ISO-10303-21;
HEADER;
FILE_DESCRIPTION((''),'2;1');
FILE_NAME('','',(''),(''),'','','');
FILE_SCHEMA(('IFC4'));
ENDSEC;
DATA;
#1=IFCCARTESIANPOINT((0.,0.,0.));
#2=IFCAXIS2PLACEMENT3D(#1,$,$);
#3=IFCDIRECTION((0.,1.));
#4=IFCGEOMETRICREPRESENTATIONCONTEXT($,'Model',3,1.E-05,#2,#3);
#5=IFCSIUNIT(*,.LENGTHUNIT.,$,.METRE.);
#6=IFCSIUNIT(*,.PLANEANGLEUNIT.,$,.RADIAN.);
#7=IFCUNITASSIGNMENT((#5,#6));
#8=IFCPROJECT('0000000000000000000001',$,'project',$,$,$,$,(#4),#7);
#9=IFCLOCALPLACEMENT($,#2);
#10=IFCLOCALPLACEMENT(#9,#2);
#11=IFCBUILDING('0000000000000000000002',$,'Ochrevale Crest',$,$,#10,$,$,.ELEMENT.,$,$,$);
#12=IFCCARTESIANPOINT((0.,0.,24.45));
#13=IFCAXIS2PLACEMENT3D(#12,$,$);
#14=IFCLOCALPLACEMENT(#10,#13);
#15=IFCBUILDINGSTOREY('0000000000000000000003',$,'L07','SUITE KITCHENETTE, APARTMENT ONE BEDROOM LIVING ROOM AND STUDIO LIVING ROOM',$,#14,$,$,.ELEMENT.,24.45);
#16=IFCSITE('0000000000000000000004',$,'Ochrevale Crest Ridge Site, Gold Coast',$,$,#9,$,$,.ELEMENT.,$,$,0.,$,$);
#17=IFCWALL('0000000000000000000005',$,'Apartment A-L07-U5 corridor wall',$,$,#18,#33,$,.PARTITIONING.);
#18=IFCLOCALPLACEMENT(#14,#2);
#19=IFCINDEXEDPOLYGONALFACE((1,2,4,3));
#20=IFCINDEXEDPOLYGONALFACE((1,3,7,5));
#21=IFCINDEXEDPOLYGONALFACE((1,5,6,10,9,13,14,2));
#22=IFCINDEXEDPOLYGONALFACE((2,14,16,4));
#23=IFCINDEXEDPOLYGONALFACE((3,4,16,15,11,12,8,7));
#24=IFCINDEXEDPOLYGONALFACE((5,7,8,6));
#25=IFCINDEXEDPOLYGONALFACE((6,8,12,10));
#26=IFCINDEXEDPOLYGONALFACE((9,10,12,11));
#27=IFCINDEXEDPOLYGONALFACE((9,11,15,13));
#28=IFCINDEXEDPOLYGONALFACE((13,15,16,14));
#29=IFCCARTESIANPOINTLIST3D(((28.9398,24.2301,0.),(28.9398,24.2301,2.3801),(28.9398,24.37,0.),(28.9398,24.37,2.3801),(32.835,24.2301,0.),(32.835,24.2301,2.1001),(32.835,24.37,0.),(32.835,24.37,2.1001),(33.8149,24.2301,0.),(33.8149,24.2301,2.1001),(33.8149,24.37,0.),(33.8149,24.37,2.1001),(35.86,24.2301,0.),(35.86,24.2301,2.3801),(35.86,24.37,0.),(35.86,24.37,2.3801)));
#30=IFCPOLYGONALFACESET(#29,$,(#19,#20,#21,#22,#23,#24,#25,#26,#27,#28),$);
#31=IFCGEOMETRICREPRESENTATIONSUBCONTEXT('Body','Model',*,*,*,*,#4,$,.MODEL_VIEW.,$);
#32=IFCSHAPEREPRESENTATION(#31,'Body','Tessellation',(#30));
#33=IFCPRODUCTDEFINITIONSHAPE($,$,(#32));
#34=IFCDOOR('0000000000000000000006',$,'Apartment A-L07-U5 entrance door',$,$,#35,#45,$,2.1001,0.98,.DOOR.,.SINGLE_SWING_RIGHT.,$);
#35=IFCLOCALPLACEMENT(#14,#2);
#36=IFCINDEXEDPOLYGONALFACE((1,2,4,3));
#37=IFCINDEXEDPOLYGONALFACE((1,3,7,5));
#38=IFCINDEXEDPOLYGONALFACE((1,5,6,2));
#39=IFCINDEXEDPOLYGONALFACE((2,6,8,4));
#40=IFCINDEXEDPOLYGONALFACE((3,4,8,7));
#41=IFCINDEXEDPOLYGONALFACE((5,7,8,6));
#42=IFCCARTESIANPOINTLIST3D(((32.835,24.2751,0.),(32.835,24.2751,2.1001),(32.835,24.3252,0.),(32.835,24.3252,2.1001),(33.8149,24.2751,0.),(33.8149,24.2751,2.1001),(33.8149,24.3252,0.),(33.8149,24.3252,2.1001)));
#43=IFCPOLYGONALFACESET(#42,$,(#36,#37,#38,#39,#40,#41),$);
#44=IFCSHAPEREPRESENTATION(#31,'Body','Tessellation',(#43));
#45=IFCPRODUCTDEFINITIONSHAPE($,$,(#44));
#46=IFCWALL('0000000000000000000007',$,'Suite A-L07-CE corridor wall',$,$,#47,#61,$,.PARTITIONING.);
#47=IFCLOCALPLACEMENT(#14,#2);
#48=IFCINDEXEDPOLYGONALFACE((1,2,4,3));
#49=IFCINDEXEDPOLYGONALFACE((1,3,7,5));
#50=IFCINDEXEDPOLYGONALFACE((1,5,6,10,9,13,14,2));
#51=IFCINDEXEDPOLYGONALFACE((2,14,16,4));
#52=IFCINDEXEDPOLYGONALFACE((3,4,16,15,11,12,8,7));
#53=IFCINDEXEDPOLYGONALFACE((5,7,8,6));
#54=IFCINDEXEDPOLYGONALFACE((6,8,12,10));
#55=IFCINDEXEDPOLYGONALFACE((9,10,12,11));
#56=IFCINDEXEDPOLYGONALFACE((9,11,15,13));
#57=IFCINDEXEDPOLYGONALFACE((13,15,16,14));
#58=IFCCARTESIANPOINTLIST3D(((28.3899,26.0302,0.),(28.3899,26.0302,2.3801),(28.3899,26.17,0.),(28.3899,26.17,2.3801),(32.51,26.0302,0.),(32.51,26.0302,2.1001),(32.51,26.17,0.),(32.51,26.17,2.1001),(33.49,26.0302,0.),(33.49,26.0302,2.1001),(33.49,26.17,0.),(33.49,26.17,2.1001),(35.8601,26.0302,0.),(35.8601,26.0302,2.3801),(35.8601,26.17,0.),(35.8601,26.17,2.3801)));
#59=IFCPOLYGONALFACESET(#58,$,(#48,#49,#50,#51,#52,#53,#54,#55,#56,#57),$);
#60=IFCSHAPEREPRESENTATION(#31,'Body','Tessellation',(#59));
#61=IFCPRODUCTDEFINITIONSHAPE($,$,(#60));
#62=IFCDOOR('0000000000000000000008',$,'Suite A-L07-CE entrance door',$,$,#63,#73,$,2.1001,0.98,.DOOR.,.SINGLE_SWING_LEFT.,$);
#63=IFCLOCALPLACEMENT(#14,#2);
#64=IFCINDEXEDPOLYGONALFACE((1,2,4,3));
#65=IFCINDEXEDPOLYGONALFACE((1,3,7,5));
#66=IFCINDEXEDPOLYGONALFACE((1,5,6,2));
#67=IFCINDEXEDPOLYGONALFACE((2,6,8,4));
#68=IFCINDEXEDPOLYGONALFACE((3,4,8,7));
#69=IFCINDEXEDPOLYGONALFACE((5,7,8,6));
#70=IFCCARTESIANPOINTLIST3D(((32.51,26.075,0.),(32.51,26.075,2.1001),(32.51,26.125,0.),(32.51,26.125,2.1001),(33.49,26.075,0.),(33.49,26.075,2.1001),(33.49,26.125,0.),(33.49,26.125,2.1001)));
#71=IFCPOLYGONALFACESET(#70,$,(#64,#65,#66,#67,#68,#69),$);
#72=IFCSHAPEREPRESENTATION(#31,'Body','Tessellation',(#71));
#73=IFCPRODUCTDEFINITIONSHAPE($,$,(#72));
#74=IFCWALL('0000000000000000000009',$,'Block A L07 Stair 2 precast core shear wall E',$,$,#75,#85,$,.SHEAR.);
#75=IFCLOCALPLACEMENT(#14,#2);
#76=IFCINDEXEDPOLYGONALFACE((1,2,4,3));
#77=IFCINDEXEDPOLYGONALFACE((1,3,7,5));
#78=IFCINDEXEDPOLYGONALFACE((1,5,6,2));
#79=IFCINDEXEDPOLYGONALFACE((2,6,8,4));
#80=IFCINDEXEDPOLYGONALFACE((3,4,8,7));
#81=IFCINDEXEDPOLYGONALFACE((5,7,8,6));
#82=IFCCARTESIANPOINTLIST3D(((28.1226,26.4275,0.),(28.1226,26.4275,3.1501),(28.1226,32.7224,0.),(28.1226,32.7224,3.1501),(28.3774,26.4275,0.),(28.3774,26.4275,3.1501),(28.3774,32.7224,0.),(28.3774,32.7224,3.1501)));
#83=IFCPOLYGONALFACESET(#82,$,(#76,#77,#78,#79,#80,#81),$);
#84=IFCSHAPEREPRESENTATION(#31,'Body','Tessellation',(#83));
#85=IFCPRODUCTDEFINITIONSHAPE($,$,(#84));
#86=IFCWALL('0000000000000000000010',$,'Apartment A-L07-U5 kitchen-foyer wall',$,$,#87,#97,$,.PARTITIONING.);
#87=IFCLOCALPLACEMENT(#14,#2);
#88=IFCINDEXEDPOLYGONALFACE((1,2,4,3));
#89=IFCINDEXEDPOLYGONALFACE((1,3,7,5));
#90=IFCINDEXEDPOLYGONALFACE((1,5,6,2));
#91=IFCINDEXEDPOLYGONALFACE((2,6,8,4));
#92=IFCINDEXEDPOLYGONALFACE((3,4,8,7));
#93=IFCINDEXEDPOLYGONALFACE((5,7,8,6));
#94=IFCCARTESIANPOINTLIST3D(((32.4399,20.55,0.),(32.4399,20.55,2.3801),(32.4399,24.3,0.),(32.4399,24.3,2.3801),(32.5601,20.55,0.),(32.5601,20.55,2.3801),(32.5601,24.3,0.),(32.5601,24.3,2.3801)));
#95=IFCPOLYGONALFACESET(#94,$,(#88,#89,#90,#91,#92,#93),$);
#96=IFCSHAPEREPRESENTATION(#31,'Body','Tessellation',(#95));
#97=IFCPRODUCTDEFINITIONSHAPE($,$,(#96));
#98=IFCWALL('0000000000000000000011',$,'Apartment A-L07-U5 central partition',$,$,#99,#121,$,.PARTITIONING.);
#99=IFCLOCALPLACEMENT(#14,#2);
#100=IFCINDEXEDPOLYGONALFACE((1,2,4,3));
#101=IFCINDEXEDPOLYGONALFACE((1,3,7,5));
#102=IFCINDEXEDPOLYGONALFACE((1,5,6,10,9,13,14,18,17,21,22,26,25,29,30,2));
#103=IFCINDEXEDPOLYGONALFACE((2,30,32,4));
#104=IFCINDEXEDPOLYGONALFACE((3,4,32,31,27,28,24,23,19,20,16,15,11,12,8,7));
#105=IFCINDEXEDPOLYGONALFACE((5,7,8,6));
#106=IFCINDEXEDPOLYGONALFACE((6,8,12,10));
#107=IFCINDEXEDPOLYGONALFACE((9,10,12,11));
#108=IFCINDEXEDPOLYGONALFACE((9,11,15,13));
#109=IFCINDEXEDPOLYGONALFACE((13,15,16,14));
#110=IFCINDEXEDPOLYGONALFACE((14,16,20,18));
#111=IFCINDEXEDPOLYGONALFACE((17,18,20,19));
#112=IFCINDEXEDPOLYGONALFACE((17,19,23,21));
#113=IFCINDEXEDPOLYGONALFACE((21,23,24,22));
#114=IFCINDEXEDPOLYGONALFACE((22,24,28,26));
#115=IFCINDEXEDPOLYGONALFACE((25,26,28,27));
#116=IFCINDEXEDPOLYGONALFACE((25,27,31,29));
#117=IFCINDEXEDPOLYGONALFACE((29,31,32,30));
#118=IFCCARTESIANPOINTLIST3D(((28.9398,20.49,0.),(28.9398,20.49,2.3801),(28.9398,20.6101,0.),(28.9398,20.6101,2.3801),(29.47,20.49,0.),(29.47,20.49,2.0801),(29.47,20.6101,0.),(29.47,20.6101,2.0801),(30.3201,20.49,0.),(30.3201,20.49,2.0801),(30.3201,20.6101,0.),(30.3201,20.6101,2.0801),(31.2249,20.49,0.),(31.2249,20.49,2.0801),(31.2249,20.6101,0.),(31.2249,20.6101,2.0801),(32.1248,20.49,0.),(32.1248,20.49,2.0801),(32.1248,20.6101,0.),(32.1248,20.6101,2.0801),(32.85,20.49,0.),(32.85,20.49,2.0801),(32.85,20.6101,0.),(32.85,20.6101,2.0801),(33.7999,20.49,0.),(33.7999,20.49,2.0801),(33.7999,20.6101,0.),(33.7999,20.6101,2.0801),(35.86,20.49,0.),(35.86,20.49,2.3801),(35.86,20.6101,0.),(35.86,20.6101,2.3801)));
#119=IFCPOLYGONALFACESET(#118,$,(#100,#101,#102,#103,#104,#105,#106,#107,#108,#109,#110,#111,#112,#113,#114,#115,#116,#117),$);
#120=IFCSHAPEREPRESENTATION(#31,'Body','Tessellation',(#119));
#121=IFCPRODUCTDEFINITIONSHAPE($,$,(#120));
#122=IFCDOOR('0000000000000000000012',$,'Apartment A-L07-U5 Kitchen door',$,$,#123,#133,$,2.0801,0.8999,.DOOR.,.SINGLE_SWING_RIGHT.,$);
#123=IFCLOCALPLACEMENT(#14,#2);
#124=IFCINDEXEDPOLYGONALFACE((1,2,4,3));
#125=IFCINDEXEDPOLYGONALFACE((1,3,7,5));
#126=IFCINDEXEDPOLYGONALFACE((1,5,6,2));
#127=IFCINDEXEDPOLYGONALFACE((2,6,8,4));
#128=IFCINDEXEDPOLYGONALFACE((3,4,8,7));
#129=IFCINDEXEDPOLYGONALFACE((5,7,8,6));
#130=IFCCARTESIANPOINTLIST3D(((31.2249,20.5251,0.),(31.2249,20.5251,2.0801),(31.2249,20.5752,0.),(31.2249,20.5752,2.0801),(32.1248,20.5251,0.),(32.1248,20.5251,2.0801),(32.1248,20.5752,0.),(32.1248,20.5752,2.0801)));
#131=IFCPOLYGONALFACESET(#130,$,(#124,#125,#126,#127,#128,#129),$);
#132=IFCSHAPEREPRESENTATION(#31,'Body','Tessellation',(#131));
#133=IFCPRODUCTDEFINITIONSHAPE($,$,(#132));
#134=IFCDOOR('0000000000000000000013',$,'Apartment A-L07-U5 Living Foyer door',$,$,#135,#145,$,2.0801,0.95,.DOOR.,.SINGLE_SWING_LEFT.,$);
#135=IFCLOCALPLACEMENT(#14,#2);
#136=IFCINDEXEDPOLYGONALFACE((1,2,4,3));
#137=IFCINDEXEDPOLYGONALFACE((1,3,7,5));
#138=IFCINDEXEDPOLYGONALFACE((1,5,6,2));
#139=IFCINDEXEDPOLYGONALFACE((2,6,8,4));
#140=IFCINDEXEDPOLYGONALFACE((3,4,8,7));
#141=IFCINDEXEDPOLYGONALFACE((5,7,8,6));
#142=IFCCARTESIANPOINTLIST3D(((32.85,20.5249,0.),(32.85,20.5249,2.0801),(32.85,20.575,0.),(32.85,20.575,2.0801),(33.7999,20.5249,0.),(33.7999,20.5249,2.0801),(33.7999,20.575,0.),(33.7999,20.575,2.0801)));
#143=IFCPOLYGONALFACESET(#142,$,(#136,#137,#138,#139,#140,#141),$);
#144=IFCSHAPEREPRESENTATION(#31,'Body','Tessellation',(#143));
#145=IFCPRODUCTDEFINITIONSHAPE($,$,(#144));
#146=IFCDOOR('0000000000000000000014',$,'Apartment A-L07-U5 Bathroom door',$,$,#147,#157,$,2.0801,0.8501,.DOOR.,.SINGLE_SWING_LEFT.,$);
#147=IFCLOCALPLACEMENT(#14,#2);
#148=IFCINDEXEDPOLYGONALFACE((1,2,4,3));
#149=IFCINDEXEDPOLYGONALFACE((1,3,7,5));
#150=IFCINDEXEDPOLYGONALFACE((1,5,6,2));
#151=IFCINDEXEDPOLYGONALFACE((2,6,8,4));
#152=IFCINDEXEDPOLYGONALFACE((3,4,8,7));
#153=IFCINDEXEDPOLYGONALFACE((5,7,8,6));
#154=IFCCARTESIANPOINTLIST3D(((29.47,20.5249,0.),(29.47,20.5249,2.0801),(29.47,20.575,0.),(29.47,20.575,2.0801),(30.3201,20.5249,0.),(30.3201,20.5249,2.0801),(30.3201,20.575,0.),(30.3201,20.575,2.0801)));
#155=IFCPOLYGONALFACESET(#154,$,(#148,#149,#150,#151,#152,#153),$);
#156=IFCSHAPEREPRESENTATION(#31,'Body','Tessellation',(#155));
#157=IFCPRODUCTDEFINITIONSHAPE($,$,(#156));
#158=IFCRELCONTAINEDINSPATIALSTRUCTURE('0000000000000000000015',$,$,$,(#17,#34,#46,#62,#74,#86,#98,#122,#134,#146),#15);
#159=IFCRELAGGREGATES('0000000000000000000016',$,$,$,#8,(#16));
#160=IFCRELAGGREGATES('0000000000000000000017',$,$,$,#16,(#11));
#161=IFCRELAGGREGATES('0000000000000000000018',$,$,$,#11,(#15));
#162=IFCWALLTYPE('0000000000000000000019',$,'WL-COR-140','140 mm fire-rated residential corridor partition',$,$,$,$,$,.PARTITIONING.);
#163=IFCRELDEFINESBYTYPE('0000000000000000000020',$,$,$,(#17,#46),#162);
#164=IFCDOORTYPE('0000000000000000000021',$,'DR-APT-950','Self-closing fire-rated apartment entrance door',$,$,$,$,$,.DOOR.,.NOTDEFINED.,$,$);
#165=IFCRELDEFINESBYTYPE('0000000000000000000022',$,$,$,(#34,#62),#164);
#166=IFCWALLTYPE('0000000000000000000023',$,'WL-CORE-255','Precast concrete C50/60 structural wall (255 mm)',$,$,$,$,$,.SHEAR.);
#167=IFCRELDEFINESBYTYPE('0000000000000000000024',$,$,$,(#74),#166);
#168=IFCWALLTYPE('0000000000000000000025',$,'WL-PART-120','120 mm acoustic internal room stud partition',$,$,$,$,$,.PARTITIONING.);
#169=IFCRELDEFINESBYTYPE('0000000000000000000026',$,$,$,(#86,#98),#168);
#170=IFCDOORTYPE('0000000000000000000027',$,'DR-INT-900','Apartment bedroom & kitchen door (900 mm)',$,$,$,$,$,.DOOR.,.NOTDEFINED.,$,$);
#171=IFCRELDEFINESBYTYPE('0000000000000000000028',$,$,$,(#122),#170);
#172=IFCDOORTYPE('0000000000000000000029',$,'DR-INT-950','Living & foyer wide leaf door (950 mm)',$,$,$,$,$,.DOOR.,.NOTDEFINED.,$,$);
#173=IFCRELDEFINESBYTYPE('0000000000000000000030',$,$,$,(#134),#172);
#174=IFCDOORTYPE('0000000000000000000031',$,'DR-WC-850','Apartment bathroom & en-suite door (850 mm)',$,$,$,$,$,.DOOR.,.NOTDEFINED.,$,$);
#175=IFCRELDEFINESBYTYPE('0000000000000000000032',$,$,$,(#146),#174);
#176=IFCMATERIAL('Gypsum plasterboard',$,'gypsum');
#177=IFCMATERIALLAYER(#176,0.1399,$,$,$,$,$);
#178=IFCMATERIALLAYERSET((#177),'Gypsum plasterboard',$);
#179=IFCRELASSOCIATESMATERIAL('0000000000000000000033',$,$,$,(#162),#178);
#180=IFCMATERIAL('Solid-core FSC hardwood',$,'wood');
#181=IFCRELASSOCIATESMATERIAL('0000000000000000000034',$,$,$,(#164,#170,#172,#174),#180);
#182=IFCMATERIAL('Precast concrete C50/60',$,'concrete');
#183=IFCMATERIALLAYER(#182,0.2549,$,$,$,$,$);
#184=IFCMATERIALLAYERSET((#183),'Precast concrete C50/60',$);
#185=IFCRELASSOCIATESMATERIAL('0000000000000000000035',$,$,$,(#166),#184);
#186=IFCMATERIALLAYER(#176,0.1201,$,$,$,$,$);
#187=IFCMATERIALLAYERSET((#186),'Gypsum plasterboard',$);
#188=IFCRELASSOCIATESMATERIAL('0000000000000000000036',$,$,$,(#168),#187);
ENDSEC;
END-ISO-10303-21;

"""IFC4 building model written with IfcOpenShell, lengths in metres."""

from ifc_helpers import new_model, si_unit, direction, frame, frame_2d, origin, place, context, subcontext, project, spatial, rectangle, extrude, material, layer, layer_set, type_object, element, fill, save


model = new_model("IFC4")

# Units and contexts
model_context = context("Model", 3, precision=1e-05, world=origin(), true_north=direction((0.0, 1.0)))
body_context = subcontext(model_context, "Body", "Model", "MODEL_VIEW")
ifc_project = project(units=[si_unit("LENGTHUNIT", "METRE"), si_unit("PLANEANGLEUNIT", "RADIAN")], contexts=[model_context])

# Site, building, storey
site_placement = place(None, origin())
site = spatial("IfcSite", under=ifc_project, at=site_placement, Name="Ochrevale Crest Ridge Site, Gold Coast", CompositionType="ELEMENT", RefElevation=0.0)
building_placement = place(site_placement, origin())
building = spatial("IfcBuilding", under=site, at=building_placement, Name="Ochrevale Crest", CompositionType="ELEMENT")
storey_placement = place(building_placement, frame((0.0, 0.0, 24.45)))
storey = spatial("IfcBuildingStorey", under=building, at=storey_placement, Name="L07", Description="SUITE KITCHENETTE, APARTMENT ONE BEDROOM LIVING ROOM AND STUDIO LIVING ROOM", CompositionType="ELEMENT", Elevation=24.45)

# Shared definitions
ifc_material_1 = material(Name="Precast concrete C50/60", Category="concrete")

# Walls, openings, doors
ifc_material_2 = material(Name="Gypsum plasterboard", Category="gypsum")
ifc_layer_1 = layer(ifc_material_2, 0.1399)
ifc_layer_set_1 = layer_set([ifc_layer_1], Name="Gypsum plasterboard")
wall_type_1 = type_object("IfcWallType", Name="WL-COR-140", Description="140 mm fire-rated residential corridor partition", PredefinedType="PARTITIONING", material=ifc_layer_set_1)
wall_1_placement = place(storey_placement, frame((28.9399, 24.3, 0.0), z_axis=(0.0, 0.0, 1.0), x_axis=(1.0, 0.0, 0.0)))
wall_1 = element("IfcWall", 1, at=wall_1_placement, inside=storey, type_object=wall_type_1, Name="Apartment A-L07-U5 corridor wall", PredefinedType="PARTITIONING", context=body_context, shape_type="SweptSolid", body=[
    extrude(rectangle(XDim=6.9202, YDim=0.1399, at=frame_2d((3.46, 0.0))), origin(), (0.0, 0.0, 1.0), 2.3801),
])
opening_1_placement = place(wall_1_placement, frame((4.875, 0.0, 0.0), z_axis=(0.0, 0.0, 1.0), x_axis=(-1.0, 0.0, 0.0)))
opening_1 = element("IfcOpeningElement", 2, at=opening_1_placement, cuts=wall_1, PredefinedType="OPENING", context=body_context, shape_type="SweptSolid", body=[
    extrude(rectangle(XDim=0.98, YDim=2.1001, at=frame_2d((0.49, 1.05))), frame((0.0, 0.0801, 0.0), z_axis=(0.0, -1.0, 0.0), x_axis=(1.0, 0.0, 0.0)), (0.0, 0.0, 1.0), 0.1599),
])
ifc_material_3 = material(Name="Solid-core FSC hardwood", Category="wood")
door_type_1 = type_object("IfcDoorType", Name="DR-APT-950", Description="Self-closing fire-rated apartment entrance door", OperationType="NOTDEFINED", PredefinedType="DOOR", material=ifc_material_3)
door_1_placement = place(opening_1_placement, origin())
door_1 = element("IfcDoor", 3, at=door_1_placement, inside=storey, type_object=door_type_1, Name="Apartment A-L07-U5 entrance door", OperationType="SINGLE_SWING_RIGHT", OverallHeight=2.1001, OverallWidth=0.98, PredefinedType="DOOR", context=body_context, shape_type="SweptSolid", body=[
    extrude(rectangle(XDim=0.98, YDim=2.1001, at=frame_2d((0.49, 1.05))), frame((0.0, 0.0249, 0.0), z_axis=(0.0, -1.0, 0.0), x_axis=(1.0, 0.0, 0.0)), (0.0, 0.0, 1.0), 0.05),
])
fill(opening_1, door_1)
wall_2_placement = place(storey_placement, frame((28.3899, 26.1001, 0.0), z_axis=(0.0, 0.0, 1.0), x_axis=(1.0, 0.0, 0.0)))
wall_2 = element("IfcWall", 4, at=wall_2_placement, inside=storey, type_object=wall_type_1, Name="Suite A-L07-CE corridor wall", PredefinedType="PARTITIONING", context=body_context, shape_type="SweptSolid", body=[
    extrude(rectangle(XDim=7.4702, YDim=0.1399, at=frame_2d((3.7351, 0.0))), origin(), (0.0, 0.0, 1.0), 2.3801),
])
opening_2_placement = place(wall_2_placement, frame((4.1201, 0.0, 0.0)))
opening_2 = element("IfcOpeningElement", 5, at=opening_2_placement, cuts=wall_2, PredefinedType="OPENING", context=body_context, shape_type="SweptSolid", body=[
    extrude(rectangle(XDim=0.98, YDim=2.1001, at=frame_2d((0.49, 1.05))), frame((0.0, 0.0801, 0.0), z_axis=(0.0, -1.0, 0.0), x_axis=(1.0, 0.0, 0.0)), (0.0, 0.0, 1.0), 0.1599),
])
door_2_placement = place(opening_2_placement, origin())
door_2 = element("IfcDoor", 6, at=door_2_placement, inside=storey, type_object=door_type_1, Name="Suite A-L07-CE entrance door", OperationType="SINGLE_SWING_LEFT", OverallHeight=2.1001, OverallWidth=0.98, PredefinedType="DOOR", context=body_context, shape_type="SweptSolid", body=[
    extrude(rectangle(XDim=0.98, YDim=2.1001, at=frame_2d((0.49, 1.05))), frame((0.0, 0.0249, 0.0), z_axis=(0.0, -1.0, 0.0), x_axis=(1.0, 0.0, 0.0)), (0.0, 0.0, 1.0), 0.05),
])
fill(opening_2, door_2)

# Walls
ifc_layer_2 = layer(ifc_material_1, 0.2549)
ifc_layer_set_2 = layer_set([ifc_layer_2], Name="Precast concrete C50/60")
wall_type_2 = type_object("IfcWallType", Name="WL-CORE-255", Description="Precast concrete C50/60 structural wall (255 mm)", PredefinedType="SHEAR", material=ifc_layer_set_2)
wall_3_placement = place(storey_placement, frame((28.25, 26.4275, 0.0), z_axis=(0.0, 0.0, 1.0), x_axis=(0.0, 1.0, 0.0)))
element("IfcWall", 7, at=wall_3_placement, inside=storey, type_object=wall_type_2, Name="Block A L07 Stair 2 precast core shear wall E", PredefinedType="SHEAR", context=body_context, shape_type="SweptSolid", body=[
    extrude(rectangle(XDim=6.2949, YDim=0.2549, at=frame_2d((3.1475, 0.0))), origin(), (0.0, 0.0, 1.0), 3.1501),
])
ifc_layer_3 = layer(ifc_material_2, 0.1201)
ifc_layer_set_3 = layer_set([ifc_layer_3], Name="Gypsum plasterboard")
wall_type_3 = type_object("IfcWallType", Name="WL-PART-120", Description="120 mm acoustic internal room stud partition", PredefinedType="PARTITIONING", material=ifc_layer_set_3)
wall_4_placement = place(storey_placement, frame((32.5, 20.55, 0.0), z_axis=(0.0, 0.0, 1.0), x_axis=(0.0, 1.0, 0.0)))
element("IfcWall", 8, at=wall_4_placement, inside=storey, type_object=wall_type_3, Name="Apartment A-L07-U5 kitchen-foyer wall", PredefinedType="PARTITIONING", context=body_context, shape_type="SweptSolid", body=[
    extrude(rectangle(XDim=3.75, YDim=0.1201, at=frame_2d((1.875, 0.0))), origin(), (0.0, 0.0, 1.0), 2.3801),
])

# Wall, openings, doors
wall_5_placement = place(storey_placement, frame((28.9399, 20.55, 0.0), z_axis=(0.0, 0.0, 1.0), x_axis=(1.0, 0.0, 0.0)))
wall_5 = element("IfcWall", 9, at=wall_5_placement, inside=storey, type_object=wall_type_3, Name="Apartment A-L07-U5 central partition", PredefinedType="PARTITIONING", context=body_context, shape_type="SweptSolid", body=[
    extrude(rectangle(XDim=6.9202, YDim=0.1201, at=frame_2d((3.46, 0.0))), origin(), (0.0, 0.0, 1.0), 2.3801),
])
opening_3_placement = place(wall_5_placement, frame((0.53, 0.0, 0.0)))
opening_3 = element("IfcOpeningElement", 10, at=opening_3_placement, cuts=wall_5, PredefinedType="OPENING", context=body_context, shape_type="SweptSolid", body=[
    extrude(rectangle(XDim=0.8501, YDim=2.0801, at=frame_2d((0.425, 1.04))), frame((0.0, 0.0701, 0.0), z_axis=(0.0, -1.0, 0.0), x_axis=(1.0, 0.0, 0.0)), (0.0, 0.0, 1.0), 0.1401),
])
opening_4_placement = place(wall_5_placement, frame((3.1848, 0.0, 0.0), z_axis=(0.0, 0.0, 1.0), x_axis=(-1.0, 0.0, 0.0)))
opening_4 = element("IfcOpeningElement", 11, at=opening_4_placement, cuts=wall_5, PredefinedType="OPENING", context=body_context, shape_type="SweptSolid", body=[
    extrude(rectangle(XDim=0.8999, YDim=2.0801, at=frame_2d((0.45, 1.04))), frame((0.0, 0.0701, 0.0), z_axis=(0.0, -1.0, 0.0), x_axis=(1.0, 0.0, 0.0)), (0.0, 0.0, 1.0), 0.1401),
])
opening_5_placement = place(wall_5_placement, frame((3.9099, 0.0, 0.0)))
opening_5 = element("IfcOpeningElement", 12, at=opening_5_placement, cuts=wall_5, PredefinedType="OPENING", context=body_context, shape_type="SweptSolid", body=[
    extrude(rectangle(XDim=0.95, YDim=2.0801, at=frame_2d((0.4751, 1.04))), frame((0.0, 0.0701, 0.0), z_axis=(0.0, -1.0, 0.0), x_axis=(1.0, 0.0, 0.0)), (0.0, 0.0, 1.0), 0.1401),
])
door_type_2 = type_object("IfcDoorType", Name="DR-INT-900", Description="Apartment bedroom & kitchen door (900 mm)", OperationType="NOTDEFINED", PredefinedType="DOOR", material=ifc_material_3)
door_3_placement = place(opening_4_placement, origin())
door_3 = element("IfcDoor", 13, at=door_3_placement, inside=storey, type_object=door_type_2, Name="Apartment A-L07-U5 Kitchen door", OperationType="SINGLE_SWING_RIGHT", OverallHeight=2.0801, OverallWidth=0.8999, PredefinedType="DOOR", context=body_context, shape_type="SweptSolid", body=[
    extrude(rectangle(XDim=0.8999, YDim=2.0801, at=frame_2d((0.45, 1.04))), frame((0.0, 0.0249, 0.0), z_axis=(0.0, -1.0, 0.0), x_axis=(1.0, 0.0, 0.0)), (0.0, 0.0, 1.0), 0.05),
])
fill(opening_4, door_3)
door_type_3 = type_object("IfcDoorType", Name="DR-INT-950", Description="Living & foyer wide leaf door (950 mm)", OperationType="NOTDEFINED", PredefinedType="DOOR", material=ifc_material_3)
door_4_placement = place(opening_5_placement, origin())
door_4 = element("IfcDoor", 14, at=door_4_placement, inside=storey, type_object=door_type_3, Name="Apartment A-L07-U5 Living Foyer door", OperationType="SINGLE_SWING_LEFT", OverallHeight=2.0801, OverallWidth=0.95, PredefinedType="DOOR", context=body_context, shape_type="SweptSolid", body=[
    extrude(rectangle(XDim=0.95, YDim=2.0801, at=frame_2d((0.4751, 1.04))), frame((0.0, 0.0249, 0.0), z_axis=(0.0, -1.0, 0.0), x_axis=(1.0, 0.0, 0.0)), (0.0, 0.0, 1.0), 0.05),
])
fill(opening_5, door_4)
door_type_4 = type_object("IfcDoorType", Name="DR-WC-850", Description="Apartment bathroom & en-suite door (850 mm)", OperationType="NOTDEFINED", PredefinedType="DOOR", material=ifc_material_3)
door_5_placement = place(opening_3_placement, origin())
door_5 = element("IfcDoor", 15, at=door_5_placement, inside=storey, type_object=door_type_4, Name="Apartment A-L07-U5 Bathroom door", OperationType="SINGLE_SWING_LEFT", OverallHeight=2.0801, OverallWidth=0.8501, PredefinedType="DOOR", context=body_context, shape_type="SweptSolid", body=[
    extrude(rectangle(XDim=0.8501, YDim=2.0801, at=frame_2d((0.425, 1.04))), frame((0.0, 0.0249, 0.0), z_axis=(0.0, -1.0, 0.0), x_axis=(1.0, 0.0, 0.0)), (0.0, 0.0, 1.0), 0.05),
])
fill(opening_3, door_5)

save(model, "model.ifc")
